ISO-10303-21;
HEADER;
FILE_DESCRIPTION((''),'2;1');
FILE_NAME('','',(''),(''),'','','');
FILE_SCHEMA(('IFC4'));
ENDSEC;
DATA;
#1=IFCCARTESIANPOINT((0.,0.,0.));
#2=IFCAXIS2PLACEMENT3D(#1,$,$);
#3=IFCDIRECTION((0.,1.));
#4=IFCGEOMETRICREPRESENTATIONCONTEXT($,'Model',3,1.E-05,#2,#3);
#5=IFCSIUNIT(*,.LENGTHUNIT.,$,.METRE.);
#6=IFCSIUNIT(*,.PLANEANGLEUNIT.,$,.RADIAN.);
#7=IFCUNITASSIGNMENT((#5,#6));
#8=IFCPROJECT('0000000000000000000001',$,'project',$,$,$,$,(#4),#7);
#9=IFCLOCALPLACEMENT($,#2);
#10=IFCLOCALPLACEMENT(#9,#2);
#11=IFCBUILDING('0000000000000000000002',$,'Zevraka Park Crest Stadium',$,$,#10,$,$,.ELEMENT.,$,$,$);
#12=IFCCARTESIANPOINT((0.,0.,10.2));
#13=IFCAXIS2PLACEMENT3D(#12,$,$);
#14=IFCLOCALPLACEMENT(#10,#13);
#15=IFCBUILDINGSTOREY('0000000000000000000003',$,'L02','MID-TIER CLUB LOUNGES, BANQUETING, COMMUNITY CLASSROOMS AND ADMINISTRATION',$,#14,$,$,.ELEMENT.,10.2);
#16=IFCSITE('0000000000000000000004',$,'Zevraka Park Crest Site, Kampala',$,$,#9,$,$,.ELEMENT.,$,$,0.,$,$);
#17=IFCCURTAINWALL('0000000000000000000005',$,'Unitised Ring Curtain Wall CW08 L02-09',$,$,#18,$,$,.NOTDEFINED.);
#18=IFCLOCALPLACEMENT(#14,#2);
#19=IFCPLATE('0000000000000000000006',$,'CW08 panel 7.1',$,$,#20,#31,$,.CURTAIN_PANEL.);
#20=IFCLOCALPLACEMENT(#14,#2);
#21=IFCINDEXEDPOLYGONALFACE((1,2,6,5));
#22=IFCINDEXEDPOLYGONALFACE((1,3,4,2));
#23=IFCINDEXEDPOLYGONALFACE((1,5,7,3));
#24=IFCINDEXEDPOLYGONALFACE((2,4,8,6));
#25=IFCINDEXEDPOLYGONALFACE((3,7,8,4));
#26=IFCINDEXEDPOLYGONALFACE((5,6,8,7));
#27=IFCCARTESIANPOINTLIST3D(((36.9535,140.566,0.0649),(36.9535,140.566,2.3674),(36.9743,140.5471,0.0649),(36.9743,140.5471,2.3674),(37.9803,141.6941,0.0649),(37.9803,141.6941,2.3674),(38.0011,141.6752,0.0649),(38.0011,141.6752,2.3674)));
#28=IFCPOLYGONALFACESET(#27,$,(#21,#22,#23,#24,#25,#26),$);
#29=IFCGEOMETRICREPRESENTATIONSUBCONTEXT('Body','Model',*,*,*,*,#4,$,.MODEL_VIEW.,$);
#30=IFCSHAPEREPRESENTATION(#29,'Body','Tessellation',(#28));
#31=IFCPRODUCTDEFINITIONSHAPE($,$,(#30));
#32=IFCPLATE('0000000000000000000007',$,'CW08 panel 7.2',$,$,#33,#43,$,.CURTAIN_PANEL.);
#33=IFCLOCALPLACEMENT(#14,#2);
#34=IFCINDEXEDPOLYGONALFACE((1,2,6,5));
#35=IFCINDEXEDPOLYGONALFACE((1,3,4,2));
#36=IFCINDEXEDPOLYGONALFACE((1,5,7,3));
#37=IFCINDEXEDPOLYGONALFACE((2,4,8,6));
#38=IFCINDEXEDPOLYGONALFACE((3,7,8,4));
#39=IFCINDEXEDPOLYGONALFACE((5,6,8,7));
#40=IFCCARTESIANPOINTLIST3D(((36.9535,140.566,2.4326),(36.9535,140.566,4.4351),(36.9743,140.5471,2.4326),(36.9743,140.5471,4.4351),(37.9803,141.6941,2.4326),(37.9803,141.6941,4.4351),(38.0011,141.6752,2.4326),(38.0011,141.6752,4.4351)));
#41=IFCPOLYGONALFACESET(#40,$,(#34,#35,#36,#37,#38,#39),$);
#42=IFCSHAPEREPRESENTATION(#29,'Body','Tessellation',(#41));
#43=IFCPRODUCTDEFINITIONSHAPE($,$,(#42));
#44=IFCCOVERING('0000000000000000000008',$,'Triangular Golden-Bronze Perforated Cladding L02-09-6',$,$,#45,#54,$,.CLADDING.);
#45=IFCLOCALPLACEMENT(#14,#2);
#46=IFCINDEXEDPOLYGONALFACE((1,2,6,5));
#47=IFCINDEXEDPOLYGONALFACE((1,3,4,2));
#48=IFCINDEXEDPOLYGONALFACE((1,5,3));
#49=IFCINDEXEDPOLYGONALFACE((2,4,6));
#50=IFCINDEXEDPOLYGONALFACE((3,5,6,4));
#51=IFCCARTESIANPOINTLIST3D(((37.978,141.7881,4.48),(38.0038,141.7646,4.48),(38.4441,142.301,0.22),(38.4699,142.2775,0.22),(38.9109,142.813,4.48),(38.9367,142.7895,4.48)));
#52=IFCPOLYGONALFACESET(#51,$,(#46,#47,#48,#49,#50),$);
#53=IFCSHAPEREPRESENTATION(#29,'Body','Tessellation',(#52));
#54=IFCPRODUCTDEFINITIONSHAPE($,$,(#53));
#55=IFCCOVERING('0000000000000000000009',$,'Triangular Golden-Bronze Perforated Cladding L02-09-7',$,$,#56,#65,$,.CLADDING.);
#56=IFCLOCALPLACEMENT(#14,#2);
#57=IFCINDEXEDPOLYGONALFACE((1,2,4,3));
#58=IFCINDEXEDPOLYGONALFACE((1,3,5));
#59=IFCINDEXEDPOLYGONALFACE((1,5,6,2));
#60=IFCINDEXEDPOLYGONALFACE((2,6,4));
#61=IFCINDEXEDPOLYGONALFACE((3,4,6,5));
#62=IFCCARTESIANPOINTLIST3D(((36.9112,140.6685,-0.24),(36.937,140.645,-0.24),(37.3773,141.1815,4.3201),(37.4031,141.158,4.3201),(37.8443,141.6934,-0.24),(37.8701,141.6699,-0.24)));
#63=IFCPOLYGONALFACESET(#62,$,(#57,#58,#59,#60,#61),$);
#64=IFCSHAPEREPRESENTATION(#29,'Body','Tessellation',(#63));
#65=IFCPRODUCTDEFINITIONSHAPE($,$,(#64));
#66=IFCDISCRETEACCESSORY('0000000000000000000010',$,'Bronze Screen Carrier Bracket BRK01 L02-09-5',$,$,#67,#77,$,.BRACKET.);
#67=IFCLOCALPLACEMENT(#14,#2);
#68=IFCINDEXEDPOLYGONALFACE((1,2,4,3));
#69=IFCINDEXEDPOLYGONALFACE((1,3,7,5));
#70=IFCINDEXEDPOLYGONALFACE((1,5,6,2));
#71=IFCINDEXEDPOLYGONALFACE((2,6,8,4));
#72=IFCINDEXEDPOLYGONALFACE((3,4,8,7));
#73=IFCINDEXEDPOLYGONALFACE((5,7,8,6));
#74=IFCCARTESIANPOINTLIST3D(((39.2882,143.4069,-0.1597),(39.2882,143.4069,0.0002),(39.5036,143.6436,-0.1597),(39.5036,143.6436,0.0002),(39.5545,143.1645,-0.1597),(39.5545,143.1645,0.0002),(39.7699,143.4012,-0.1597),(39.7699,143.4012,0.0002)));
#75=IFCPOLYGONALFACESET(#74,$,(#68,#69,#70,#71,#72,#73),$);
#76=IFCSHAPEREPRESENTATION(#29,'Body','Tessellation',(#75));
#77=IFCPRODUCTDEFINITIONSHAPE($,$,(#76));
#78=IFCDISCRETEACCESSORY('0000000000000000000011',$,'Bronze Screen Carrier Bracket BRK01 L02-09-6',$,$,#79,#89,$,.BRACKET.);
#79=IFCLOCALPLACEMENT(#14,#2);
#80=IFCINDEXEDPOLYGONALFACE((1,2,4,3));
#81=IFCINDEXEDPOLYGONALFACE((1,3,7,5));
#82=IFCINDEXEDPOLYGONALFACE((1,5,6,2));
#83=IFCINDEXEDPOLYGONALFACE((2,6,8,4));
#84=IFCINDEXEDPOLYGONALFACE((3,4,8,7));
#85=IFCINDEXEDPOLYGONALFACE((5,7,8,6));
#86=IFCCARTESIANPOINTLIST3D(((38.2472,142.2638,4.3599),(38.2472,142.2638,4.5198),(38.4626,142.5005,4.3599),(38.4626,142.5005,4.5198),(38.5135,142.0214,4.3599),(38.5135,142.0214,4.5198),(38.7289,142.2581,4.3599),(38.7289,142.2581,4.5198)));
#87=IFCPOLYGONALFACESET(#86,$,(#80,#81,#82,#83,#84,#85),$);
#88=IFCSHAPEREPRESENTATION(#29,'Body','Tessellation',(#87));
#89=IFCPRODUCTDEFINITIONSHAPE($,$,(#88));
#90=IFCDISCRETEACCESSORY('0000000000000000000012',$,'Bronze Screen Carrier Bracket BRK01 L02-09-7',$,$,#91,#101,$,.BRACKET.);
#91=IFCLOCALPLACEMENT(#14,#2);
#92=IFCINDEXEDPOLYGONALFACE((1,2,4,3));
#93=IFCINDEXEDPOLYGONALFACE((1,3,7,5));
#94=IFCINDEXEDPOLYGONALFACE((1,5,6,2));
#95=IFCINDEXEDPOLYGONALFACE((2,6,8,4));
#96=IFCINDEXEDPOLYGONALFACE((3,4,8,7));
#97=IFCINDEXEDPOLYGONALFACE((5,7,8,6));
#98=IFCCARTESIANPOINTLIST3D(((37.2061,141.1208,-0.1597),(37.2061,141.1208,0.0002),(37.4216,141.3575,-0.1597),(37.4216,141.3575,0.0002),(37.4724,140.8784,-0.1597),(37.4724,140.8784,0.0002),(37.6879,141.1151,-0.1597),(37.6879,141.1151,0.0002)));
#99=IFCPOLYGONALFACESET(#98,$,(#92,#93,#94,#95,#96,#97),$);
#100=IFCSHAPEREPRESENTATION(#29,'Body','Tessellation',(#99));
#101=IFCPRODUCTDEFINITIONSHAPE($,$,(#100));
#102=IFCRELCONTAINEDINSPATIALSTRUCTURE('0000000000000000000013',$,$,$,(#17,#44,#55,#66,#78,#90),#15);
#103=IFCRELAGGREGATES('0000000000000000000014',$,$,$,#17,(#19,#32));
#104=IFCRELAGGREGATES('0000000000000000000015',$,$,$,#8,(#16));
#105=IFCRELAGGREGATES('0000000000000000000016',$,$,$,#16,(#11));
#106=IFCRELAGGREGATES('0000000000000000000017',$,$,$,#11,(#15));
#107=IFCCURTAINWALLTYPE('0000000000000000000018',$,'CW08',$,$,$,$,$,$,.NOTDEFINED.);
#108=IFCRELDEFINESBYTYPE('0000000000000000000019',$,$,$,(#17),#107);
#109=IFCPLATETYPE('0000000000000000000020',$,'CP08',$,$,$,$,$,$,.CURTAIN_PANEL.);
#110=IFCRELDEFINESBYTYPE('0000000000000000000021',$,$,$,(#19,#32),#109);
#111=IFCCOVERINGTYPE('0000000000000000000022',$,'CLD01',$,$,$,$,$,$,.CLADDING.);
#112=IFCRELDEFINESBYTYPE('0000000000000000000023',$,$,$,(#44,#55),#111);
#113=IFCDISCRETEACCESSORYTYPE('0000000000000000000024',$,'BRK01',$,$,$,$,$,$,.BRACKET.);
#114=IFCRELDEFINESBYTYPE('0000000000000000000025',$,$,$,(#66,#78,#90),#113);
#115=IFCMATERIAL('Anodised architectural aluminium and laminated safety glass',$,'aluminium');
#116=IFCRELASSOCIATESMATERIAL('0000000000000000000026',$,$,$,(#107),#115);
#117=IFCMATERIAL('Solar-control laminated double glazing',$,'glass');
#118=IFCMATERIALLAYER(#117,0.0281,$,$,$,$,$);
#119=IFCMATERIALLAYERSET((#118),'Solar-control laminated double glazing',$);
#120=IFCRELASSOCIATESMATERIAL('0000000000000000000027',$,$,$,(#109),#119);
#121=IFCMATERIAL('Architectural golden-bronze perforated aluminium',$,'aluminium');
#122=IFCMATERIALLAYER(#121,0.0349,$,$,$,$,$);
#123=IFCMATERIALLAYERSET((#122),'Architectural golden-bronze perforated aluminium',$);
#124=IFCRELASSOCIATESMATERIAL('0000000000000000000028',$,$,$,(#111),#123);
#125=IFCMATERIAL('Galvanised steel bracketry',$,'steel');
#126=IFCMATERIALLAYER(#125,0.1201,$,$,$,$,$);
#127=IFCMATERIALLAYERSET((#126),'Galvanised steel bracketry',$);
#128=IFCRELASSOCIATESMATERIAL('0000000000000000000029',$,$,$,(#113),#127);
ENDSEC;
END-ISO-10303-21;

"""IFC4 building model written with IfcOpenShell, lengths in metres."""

from ifc_helpers import new_model, si_unit, direction, frame, origin, origin_2d, place, context, subcontext, project, spatial, polyline, rectangle, outline, extrude, material, layer, layer_set, type_object, element, aggregate, save


model = new_model("IFC4")

# Units and contexts
model_context = context("Model", 3, precision=1e-05, world=origin(), true_north=direction((0.0, 1.0)))
body_context = subcontext(model_context, "Body", "Model", "MODEL_VIEW")
ifc_project = project(units=[si_unit("LENGTHUNIT", "METRE"), si_unit("PLANEANGLEUNIT", "RADIAN")], contexts=[model_context])

# Site, building, storey
site_placement = place(None, origin())
site = spatial("IfcSite", under=ifc_project, at=site_placement, Name="Zevraka Park Crest Site, Kampala", CompositionType="ELEMENT", RefElevation=0.0)
building_placement = place(site_placement, origin())
building = spatial("IfcBuilding", under=site, at=building_placement, Name="Zevraka Park Crest Stadium", CompositionType="ELEMENT")
storey_placement = place(building_placement, frame((0.0, 0.0, 10.2)))
storey = spatial("IfcBuildingStorey", under=building, at=storey_placement, Name="L02", Description="MID-TIER CLUB LOUNGES, BANQUETING, COMMUNITY CLASSROOMS AND ADMINISTRATION", CompositionType="ELEMENT", Elevation=10.2)

# Curtain wall, plates
ifc_material_1 = material(Name="Anodised architectural aluminium and laminated safety glass", Category="aluminium")
curtain_wall_type = type_object("IfcCurtainWallType", Name="CW08", PredefinedType="NOTDEFINED", material=ifc_material_1)
curtain_wall_placement = place(storey_placement, origin())
curtain_wall = element("IfcCurtainWall", 1, at=curtain_wall_placement, inside=storey, type_object=curtain_wall_type, Name="Unitised Ring Curtain Wall CW08 L02-09", PredefinedType="NOTDEFINED")
ifc_material_2 = material(Name="Solar-control laminated double glazing", Category="glass")
ifc_layer_1 = layer(ifc_material_2, 0.0281)
ifc_layer_set_1 = layer_set([ifc_layer_1], Name="Solar-control laminated double glazing")
plate_type = type_object("IfcPlateType", Name="CP08", PredefinedType="CURTAIN_PANEL", material=ifc_layer_set_1)
plate_1_placement = place(storey_placement, frame((37.4773, 141.1206, 0.0649), z_axis=(0.0, 0.0, 1.0), x_axis=(-0.67316, -0.739497, 0.0)))
plate_1 = element("IfcPlate", 2, at=plate_1_placement, type_object=plate_type, Name="CW08 panel 7.1", PredefinedType="CURTAIN_PANEL", context=body_context, shape_type="SweptSolid", body=[
    extrude(rectangle(XDim=1.5254, YDim=0.0281, at=origin_2d()), origin(), (0.0, 0.0, 1.0), 2.3025),
])
plate_2_placement = place(storey_placement, frame((37.4773, 141.1206, 2.4326), z_axis=(0.0, 0.0, 1.0), x_axis=(-0.67316, -0.739497, 0.0)))
plate_2 = element("IfcPlate", 3, at=plate_2_placement, type_object=plate_type, Name="CW08 panel 7.2", PredefinedType="CURTAIN_PANEL", context=body_context, shape_type="SweptSolid", body=[
    extrude(rectangle(XDim=1.5254, YDim=0.0281, at=origin_2d()), origin(), (0.0, 0.0, 1.0), 2.0024),
])
aggregate(curtain_wall, [plate_1, plate_2])

# Coverings
ifc_material_3 = material(Name="Architectural golden-bronze perforated aluminium", Category="aluminium")
ifc_layer_2 = layer(ifc_material_3, 0.0349)
ifc_layer_set_2 = layer_set([ifc_layer_2], Name="Architectural golden-bronze perforated aluminium")
covering_type = type_object("IfcCoveringType", Name="CLD01", PredefinedType="CLADDING", material=ifc_layer_set_2)
covering_1_placement = place(storey_placement, frame((37.978, 141.7881, 4.48), z_axis=(-0.739533, 0.67312, 0.000141), x_axis=(0.67312, 0.739533, 0.0)))
element("IfcCovering", 4, at=covering_1_placement, inside=storey, type_object=covering_type, Name="Triangular Golden-Bronze Perforated Cladding L02-09-6", PredefinedType="CLADDING", context=body_context, shape_type="SweptSolid", body=[
    extrude(outline(polyline([(0.0, 0.0), (1.3859, 0.0), (0.6931, 4.26), (0.0, 0.0)])), origin(), (0.0, 0.0, -1.0), 0.0349),
])
covering_2_placement = place(storey_placement, frame((37.8701, 141.6699, -0.24), z_axis=(0.739446, -0.673216, 0.000151), x_axis=(-0.673216, -0.739446, 0.0)))
element("IfcCovering", 5, at=covering_2_placement, inside=storey, type_object=covering_type, Name="Triangular Golden-Bronze Perforated Cladding L02-09-7", PredefinedType="CLADDING", context=body_context, shape_type="SweptSolid", body=[
    extrude(outline(polyline([(0.0, 0.0), (1.386, 0.0), (0.693, -4.5601), (0.0, 0.0)])), origin(), (0.0, 0.0, -1.0), 0.0349),
])

# Discrete accessories
ifc_material_4 = material(Name="Galvanised steel bracketry", Category="steel")
ifc_layer_3 = layer(ifc_material_4, 0.1201)
ifc_layer_set_3 = layer_set([ifc_layer_3], Name="Galvanised steel bracketry")
discrete_accessory_type = type_object("IfcDiscreteAccessoryType", Name="BRK01", PredefinedType="BRACKET", material=ifc_layer_set_3)
for number, where, z_axis, x_axis, name in (
    (6, (39.5291, 143.4041, -0.1597), (0.0, 0.0, 1.0), (-0.673142, -0.739514, 0.0), "Bronze Screen Carrier Bracket BRK01 L02-09-5"),
    (7, (38.488, 142.261, 4.3599), (0.0, 0.0, 1.0), (-0.673142, -0.739514, 0.0), "Bronze Screen Carrier Bracket BRK01 L02-09-6"),
    (8, (37.447, 141.1179, -0.1597), (0.0, 0.0, 1.0), (-0.673142, -0.739514, 0.0), "Bronze Screen Carrier Bracket BRK01 L02-09-7"),
):
    element("IfcDiscreteAccessory", number, at=place(storey_placement, frame(where, z_axis=z_axis, x_axis=x_axis)), inside=storey, type_object=discrete_accessory_type, Name=name, PredefinedType="BRACKET", context=body_context, shape_type="SweptSolid", body=[
        extrude(rectangle(XDim=0.3201, YDim=0.3601, at=origin_2d()), origin(), (0.0, 0.0, 1.0), 0.1599),
    ])

save(model, "model.ifc")
